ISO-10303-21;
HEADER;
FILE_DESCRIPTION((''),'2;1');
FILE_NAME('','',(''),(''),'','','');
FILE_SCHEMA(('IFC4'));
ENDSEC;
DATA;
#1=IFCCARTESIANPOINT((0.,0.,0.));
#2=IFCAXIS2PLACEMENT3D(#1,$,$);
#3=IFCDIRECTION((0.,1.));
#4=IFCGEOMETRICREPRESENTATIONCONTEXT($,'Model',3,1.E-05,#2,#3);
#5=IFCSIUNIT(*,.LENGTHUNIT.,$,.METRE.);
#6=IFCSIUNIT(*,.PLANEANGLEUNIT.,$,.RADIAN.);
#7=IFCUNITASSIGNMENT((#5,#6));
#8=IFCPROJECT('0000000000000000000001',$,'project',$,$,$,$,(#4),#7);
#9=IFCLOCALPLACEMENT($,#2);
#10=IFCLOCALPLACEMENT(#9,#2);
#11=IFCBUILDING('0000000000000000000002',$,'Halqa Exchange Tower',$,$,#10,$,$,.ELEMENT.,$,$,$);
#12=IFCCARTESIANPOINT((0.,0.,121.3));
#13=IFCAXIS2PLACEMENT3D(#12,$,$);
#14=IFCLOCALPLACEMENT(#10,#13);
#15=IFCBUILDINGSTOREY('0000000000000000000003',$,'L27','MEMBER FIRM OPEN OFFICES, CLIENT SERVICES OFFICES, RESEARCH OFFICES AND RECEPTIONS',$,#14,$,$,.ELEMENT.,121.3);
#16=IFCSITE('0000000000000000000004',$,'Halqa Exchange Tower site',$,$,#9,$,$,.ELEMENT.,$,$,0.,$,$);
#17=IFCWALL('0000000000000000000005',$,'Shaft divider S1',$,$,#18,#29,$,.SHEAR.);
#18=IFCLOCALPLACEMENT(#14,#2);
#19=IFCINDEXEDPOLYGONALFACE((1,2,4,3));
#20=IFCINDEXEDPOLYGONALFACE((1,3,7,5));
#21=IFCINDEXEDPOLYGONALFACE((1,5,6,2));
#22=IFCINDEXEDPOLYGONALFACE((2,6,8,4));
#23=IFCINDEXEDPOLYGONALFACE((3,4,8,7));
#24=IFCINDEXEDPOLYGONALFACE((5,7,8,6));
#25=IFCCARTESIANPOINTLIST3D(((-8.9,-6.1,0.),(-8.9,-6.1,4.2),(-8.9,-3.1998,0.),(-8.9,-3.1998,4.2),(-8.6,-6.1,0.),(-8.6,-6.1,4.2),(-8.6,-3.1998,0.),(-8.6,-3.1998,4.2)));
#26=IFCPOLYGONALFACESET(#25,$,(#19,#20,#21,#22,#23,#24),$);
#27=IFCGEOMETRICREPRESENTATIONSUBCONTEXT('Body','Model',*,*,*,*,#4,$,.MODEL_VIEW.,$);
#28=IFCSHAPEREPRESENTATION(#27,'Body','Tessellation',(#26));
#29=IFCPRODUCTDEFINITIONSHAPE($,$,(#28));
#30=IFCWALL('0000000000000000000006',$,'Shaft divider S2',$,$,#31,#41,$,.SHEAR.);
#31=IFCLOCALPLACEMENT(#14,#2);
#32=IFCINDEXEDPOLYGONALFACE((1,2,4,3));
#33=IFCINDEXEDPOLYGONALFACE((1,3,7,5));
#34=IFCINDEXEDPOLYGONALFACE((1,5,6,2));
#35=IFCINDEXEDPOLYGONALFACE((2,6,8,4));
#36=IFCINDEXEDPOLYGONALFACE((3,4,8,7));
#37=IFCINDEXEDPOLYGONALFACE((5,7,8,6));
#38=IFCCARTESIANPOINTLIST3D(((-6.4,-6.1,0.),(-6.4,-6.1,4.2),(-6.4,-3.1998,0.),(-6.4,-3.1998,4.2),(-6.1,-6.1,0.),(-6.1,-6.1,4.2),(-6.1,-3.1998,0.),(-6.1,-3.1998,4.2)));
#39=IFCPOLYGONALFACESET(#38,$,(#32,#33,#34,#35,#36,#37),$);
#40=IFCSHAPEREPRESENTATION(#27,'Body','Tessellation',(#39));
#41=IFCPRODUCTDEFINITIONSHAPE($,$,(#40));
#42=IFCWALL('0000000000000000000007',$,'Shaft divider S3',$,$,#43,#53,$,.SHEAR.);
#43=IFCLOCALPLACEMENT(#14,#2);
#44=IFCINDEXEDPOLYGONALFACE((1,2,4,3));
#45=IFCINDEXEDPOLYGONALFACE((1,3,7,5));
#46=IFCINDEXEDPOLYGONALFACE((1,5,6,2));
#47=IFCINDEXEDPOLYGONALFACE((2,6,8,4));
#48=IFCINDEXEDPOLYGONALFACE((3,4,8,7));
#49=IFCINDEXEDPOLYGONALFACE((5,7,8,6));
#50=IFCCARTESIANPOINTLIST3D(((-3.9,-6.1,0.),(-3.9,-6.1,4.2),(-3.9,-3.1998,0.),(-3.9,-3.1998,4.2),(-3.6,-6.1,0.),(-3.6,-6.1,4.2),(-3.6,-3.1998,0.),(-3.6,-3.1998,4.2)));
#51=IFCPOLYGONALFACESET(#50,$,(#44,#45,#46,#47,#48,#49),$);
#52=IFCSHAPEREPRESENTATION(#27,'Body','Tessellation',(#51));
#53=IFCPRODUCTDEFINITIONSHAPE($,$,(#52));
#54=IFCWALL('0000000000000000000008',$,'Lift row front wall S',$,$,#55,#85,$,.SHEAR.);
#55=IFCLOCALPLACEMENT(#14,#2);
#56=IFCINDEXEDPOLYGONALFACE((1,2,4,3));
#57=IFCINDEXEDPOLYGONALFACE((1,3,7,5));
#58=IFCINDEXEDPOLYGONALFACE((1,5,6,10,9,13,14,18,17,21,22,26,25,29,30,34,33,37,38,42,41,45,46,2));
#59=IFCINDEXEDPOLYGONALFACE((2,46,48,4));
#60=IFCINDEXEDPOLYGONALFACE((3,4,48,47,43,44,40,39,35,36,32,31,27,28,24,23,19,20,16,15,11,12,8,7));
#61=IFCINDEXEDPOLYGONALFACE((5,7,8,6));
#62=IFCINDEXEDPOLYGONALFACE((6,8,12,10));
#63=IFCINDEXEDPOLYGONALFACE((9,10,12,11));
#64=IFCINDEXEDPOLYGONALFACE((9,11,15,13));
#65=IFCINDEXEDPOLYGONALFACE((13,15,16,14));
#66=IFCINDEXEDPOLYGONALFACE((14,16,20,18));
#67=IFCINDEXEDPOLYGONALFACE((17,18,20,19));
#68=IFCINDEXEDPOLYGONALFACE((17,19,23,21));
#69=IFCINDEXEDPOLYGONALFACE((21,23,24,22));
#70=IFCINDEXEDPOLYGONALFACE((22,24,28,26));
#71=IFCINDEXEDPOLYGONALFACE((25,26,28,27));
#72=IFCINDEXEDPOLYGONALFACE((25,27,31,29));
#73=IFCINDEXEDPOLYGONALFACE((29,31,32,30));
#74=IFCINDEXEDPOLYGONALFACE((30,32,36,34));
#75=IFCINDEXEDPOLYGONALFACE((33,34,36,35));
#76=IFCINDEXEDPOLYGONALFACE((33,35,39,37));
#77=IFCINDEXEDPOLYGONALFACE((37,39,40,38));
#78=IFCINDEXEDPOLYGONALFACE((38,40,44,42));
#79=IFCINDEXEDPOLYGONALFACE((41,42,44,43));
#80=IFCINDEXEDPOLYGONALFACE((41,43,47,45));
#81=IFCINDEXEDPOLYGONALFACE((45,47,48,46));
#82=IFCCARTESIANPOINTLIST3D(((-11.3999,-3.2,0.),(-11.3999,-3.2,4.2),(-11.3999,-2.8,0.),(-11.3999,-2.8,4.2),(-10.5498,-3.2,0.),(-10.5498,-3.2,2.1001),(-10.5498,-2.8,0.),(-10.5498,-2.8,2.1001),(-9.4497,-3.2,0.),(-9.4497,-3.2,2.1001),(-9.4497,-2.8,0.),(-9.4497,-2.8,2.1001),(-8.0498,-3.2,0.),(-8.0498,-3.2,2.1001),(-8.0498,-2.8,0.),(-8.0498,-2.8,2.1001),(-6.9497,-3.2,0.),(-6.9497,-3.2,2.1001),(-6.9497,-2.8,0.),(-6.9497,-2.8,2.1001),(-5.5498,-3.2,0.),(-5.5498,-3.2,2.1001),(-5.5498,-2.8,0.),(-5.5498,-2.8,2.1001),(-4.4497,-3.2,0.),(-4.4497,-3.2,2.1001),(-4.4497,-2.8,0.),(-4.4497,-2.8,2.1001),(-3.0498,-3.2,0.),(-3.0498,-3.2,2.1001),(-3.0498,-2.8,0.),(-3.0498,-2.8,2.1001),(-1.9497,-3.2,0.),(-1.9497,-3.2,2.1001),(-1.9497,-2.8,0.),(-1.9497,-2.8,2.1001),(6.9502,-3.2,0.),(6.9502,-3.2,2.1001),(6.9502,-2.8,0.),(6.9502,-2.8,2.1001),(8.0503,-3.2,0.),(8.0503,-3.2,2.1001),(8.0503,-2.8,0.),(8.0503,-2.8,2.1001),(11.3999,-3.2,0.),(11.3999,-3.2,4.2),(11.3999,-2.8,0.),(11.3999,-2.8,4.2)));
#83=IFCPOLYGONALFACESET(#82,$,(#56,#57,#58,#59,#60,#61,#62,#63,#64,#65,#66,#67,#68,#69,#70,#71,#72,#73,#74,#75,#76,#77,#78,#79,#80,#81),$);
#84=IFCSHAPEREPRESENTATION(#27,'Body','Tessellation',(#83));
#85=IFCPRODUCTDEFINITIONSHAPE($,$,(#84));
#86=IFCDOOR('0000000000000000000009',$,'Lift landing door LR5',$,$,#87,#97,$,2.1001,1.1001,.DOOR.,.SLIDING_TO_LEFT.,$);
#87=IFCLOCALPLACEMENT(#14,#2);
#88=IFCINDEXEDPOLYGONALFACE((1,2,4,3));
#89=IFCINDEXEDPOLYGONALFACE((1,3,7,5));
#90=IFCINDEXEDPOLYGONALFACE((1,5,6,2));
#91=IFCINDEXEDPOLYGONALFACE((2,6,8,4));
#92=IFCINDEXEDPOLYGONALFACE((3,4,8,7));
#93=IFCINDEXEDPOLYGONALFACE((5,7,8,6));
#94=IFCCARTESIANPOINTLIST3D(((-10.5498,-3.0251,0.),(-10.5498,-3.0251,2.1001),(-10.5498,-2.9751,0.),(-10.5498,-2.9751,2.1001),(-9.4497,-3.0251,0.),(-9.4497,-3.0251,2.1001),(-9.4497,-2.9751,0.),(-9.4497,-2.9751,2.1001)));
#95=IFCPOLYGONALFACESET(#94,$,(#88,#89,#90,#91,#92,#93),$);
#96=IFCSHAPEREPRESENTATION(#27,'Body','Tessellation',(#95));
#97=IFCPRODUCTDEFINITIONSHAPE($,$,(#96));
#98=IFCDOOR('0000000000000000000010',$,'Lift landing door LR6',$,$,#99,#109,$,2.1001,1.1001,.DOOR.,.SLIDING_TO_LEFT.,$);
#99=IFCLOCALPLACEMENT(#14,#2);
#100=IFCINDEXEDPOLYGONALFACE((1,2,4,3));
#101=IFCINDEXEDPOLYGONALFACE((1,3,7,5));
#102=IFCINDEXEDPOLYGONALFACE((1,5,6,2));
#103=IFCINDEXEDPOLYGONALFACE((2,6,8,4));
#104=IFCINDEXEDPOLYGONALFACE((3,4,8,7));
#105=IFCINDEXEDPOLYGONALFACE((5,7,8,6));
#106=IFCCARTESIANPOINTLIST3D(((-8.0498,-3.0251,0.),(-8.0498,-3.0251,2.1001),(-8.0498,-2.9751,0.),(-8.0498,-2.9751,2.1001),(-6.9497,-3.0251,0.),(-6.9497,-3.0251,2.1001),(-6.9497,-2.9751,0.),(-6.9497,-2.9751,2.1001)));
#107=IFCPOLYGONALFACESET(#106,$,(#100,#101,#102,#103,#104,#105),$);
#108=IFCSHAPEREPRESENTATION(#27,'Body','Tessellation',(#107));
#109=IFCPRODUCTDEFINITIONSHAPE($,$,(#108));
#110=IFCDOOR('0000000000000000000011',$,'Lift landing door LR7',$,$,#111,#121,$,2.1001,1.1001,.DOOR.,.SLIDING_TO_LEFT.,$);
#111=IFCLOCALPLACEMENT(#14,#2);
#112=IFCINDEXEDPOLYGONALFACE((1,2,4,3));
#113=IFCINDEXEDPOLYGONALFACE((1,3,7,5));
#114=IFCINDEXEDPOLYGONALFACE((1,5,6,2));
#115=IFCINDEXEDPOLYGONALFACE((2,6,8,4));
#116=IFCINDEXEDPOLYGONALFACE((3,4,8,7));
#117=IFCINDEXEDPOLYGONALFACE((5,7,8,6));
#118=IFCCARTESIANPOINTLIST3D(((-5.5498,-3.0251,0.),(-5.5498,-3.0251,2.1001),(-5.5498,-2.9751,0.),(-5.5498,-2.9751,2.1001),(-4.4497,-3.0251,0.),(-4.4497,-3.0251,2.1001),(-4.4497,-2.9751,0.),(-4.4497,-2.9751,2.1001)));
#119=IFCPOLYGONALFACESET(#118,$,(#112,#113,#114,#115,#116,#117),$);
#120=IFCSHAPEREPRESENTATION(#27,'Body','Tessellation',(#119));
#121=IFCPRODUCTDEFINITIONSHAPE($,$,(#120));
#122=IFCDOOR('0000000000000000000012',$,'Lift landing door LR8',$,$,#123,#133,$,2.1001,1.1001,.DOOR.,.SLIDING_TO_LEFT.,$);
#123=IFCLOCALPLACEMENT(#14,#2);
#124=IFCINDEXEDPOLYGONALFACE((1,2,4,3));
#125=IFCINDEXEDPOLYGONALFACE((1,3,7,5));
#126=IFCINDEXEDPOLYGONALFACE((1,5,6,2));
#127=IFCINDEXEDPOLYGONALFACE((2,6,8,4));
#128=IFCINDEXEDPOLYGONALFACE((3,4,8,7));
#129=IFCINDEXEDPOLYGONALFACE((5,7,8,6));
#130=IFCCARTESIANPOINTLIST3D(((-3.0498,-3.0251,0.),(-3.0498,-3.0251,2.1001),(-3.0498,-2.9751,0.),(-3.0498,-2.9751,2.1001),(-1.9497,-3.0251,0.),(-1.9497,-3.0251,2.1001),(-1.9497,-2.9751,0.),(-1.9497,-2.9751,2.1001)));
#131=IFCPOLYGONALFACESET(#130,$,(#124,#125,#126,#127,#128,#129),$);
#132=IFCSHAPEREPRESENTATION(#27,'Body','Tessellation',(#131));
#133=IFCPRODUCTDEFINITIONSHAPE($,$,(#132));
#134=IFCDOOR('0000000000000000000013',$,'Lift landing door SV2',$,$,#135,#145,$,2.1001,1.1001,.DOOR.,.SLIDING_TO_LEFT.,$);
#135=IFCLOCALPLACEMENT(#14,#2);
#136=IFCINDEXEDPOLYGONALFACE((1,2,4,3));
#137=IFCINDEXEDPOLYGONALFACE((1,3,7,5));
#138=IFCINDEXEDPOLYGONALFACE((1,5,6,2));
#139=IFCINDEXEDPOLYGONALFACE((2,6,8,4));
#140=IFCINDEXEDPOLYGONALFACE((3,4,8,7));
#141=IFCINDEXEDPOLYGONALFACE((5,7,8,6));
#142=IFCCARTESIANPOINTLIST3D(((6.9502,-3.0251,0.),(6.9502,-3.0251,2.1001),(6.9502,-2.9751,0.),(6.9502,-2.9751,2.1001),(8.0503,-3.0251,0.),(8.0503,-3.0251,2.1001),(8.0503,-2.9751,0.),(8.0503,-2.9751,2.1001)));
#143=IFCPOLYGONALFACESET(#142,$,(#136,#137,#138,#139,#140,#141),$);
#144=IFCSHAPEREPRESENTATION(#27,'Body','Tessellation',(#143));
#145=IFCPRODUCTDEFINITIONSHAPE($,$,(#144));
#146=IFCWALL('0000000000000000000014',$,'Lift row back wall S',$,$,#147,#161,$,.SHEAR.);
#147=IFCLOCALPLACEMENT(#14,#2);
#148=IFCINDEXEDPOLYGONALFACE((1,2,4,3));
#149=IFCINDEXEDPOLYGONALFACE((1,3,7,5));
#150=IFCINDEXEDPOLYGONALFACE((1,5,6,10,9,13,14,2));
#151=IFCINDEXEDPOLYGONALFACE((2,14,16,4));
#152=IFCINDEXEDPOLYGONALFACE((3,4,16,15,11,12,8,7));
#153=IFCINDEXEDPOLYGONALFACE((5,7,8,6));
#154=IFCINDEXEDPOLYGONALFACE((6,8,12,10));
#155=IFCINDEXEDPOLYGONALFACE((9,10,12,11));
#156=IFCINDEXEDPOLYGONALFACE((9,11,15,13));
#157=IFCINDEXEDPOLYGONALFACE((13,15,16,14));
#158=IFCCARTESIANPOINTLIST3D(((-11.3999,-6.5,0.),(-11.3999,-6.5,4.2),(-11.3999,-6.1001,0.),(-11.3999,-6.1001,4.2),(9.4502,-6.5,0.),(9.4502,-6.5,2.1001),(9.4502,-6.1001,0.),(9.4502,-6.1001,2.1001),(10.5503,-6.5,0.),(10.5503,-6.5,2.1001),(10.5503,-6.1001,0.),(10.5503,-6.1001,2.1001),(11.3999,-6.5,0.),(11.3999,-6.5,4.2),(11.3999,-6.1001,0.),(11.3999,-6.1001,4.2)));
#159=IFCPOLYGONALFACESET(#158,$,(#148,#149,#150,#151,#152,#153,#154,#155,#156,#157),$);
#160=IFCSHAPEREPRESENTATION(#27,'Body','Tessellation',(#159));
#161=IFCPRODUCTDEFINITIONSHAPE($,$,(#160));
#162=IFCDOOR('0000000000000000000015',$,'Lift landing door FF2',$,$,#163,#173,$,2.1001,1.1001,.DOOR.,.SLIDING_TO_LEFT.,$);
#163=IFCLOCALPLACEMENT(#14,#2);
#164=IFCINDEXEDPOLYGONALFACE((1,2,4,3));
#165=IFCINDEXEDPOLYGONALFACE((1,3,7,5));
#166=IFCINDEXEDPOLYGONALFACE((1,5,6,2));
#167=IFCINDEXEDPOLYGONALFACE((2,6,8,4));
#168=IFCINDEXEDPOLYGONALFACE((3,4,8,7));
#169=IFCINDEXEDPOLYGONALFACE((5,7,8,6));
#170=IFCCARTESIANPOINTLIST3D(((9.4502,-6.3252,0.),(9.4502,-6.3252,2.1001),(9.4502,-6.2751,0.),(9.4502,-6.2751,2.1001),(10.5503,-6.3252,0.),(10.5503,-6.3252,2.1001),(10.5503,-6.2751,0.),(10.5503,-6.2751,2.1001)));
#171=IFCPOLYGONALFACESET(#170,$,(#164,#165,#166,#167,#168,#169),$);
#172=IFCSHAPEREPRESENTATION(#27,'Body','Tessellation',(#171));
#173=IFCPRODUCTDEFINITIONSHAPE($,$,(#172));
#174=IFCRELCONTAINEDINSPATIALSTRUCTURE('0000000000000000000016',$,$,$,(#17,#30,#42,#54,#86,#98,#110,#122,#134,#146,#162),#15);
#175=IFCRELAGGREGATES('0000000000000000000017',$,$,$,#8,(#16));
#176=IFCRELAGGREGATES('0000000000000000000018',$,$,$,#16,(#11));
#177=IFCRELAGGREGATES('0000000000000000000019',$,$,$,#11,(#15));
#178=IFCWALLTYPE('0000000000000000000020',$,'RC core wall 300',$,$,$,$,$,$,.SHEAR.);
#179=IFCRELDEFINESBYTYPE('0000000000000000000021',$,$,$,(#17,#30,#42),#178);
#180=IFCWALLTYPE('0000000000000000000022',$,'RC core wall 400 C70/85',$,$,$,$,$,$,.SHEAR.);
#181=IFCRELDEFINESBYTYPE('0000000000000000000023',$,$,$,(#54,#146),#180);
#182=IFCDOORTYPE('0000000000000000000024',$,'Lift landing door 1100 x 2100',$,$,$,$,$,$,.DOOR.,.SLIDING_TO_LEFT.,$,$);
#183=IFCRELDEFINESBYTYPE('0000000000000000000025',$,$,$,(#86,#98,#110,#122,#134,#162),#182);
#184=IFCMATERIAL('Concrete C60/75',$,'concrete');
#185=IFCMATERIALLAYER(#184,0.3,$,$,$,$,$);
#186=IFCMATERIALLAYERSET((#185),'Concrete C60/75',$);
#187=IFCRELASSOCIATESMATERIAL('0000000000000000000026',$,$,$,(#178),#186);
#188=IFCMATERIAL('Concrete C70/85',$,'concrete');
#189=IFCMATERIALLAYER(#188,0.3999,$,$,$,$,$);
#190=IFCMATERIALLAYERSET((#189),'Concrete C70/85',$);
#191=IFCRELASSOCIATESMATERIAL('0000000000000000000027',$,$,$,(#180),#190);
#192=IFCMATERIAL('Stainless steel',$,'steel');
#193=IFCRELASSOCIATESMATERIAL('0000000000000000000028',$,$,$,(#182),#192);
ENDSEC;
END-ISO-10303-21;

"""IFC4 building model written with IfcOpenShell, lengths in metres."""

from ifc_helpers import new_model, si_unit, direction, frame, frame_2d, origin, place, context, subcontext, project, spatial, rectangle, extrude, material, layer, layer_set, type_object, element, fill, save


model = new_model("IFC4")

# Units and contexts
model_context = context("Model", 3, precision=1e-05, world=origin(), true_north=direction((0.0, 1.0)))
body_context = subcontext(model_context, "Body", "Model", "MODEL_VIEW")
ifc_project = project(units=[si_unit("LENGTHUNIT", "METRE"), si_unit("PLANEANGLEUNIT", "RADIAN")], contexts=[model_context])

# Site, building, storey
site_placement = place(None, origin())
site = spatial("IfcSite", under=ifc_project, at=site_placement, Name="Halqa Exchange Tower site", CompositionType="ELEMENT", RefElevation=0.0)
building_placement = place(site_placement, origin())
building = spatial("IfcBuilding", under=site, at=building_placement, Name="Halqa Exchange Tower", CompositionType="ELEMENT")
storey_placement = place(building_placement, frame((0.0, 0.0, 121.3)))
storey = spatial("IfcBuildingStorey", under=building, at=storey_placement, Name="L27", Description="MEMBER FIRM OPEN OFFICES, CLIENT SERVICES OFFICES, RESEARCH OFFICES AND RECEPTIONS", CompositionType="ELEMENT", Elevation=121.3)

# Walls
ifc_material_1 = material(Name="Concrete C60/75", Category="concrete")
ifc_layer_1 = layer(ifc_material_1, 0.3)
ifc_layer_set_1 = layer_set([ifc_layer_1], Name="Concrete C60/75")
wall_type_1 = type_object("IfcWallType", Name="RC core wall 300", PredefinedType="SHEAR", material=ifc_layer_set_1)
for number, where, z_axis, x_axis, name in (
    (1, (-8.75, -6.1001, 0.0), (0.0, 0.0, 1.0), (0.0, 1.0, 0.0), "Shaft divider S1"),
    (2, (-6.25, -6.1001, 0.0), (0.0, 0.0, 1.0), (0.0, 1.0, 0.0), "Shaft divider S2"),
    (3, (-3.75, -6.1001, 0.0), (0.0, 0.0, 1.0), (0.0, 1.0, 0.0), "Shaft divider S3"),
):
    element("IfcWall", number, at=place(storey_placement, frame(where, z_axis=z_axis, x_axis=x_axis)), inside=storey, type_object=wall_type_1, Name=name, PredefinedType="SHEAR", context=body_context, shape_type="SweptSolid", body=[
        extrude(rectangle(XDim=2.9001, YDim=0.3, at=frame_2d((1.4502, 0.0))), origin(), (0.0, 0.0, 1.0), 4.2),
    ])

# Wall, openings, doors
ifc_material_2 = material(Name="Concrete C70/85", Category="concrete")
ifc_layer_2 = layer(ifc_material_2, 0.3999)
ifc_layer_set_2 = layer_set([ifc_layer_2], Name="Concrete C70/85")
wall_type_2 = type_object("IfcWallType", Name="RC core wall 400 C70/85", PredefinedType="SHEAR", material=ifc_layer_set_2)
wall_1_placement = place(storey_placement, frame((-11.3999, -3.0, 0.0), z_axis=(0.0, 0.0, 1.0), x_axis=(1.0, 0.0, 0.0)))
wall_1 = element("IfcWall", 4, at=wall_1_placement, inside=storey, type_object=wall_type_2, Name="Lift row front wall S", PredefinedType="SHEAR", context=body_context, shape_type="SweptSolid", body=[
    extrude(rectangle(XDim=22.7998, YDim=0.3999, at=frame_2d((11.3999, 0.0))), origin(), (0.0, 0.0, 1.0), 4.2),
])
opening_1_placement = place(wall_1_placement, frame((0.8501, 0.0, 0.0)))
opening_1 = element("IfcOpeningElement", 5, at=opening_1_placement, cuts=wall_1, PredefinedType="OPENING", context=body_context, shape_type="SweptSolid", body=[
    extrude(rectangle(XDim=1.1001, YDim=2.1001, at=frame_2d((0.55, 1.05))), frame((0.0, 0.2119, 0.0), z_axis=(0.0, -1.0, 0.0), x_axis=(1.0, 0.0, 0.0)), (0.0, 0.0, 1.0), 0.4238),
])
opening_2_placement = place(wall_1_placement, frame((3.3501, 0.0, 0.0)))
opening_2 = element("IfcOpeningElement", 6, at=opening_2_placement, cuts=wall_1, PredefinedType="OPENING", context=body_context, shape_type="SweptSolid", body=[
    extrude(rectangle(XDim=1.1001, YDim=2.1001, at=frame_2d((0.55, 1.05))), frame((0.0, 0.2119, 0.0), z_axis=(0.0, -1.0, 0.0), x_axis=(1.0, 0.0, 0.0)), (0.0, 0.0, 1.0), 0.4238),
])
opening_3_placement = place(wall_1_placement, frame((5.8501, 0.0, 0.0)))
opening_3 = element("IfcOpeningElement", 7, at=opening_3_placement, cuts=wall_1, PredefinedType="OPENING", context=body_context, shape_type="SweptSolid", body=[
    extrude(rectangle(XDim=1.1001, YDim=2.1001, at=frame_2d((0.55, 1.05))), frame((0.0, 0.2119, 0.0), z_axis=(0.0, -1.0, 0.0), x_axis=(1.0, 0.0, 0.0)), (0.0, 0.0, 1.0), 0.4238),
])
opening_4_placement = place(wall_1_placement, frame((8.3501, 0.0, 0.0)))
opening_4 = element("IfcOpeningElement", 8, at=opening_4_placement, cuts=wall_1, PredefinedType="OPENING", context=body_context, shape_type="SweptSolid", body=[
    extrude(rectangle(XDim=1.1001, YDim=2.1001, at=frame_2d((0.55, 1.05))), frame((0.0, 0.2119, 0.0), z_axis=(0.0, -1.0, 0.0), x_axis=(1.0, 0.0, 0.0)), (0.0, 0.0, 1.0), 0.4238),
])
opening_5_placement = place(wall_1_placement, frame((18.3501, 0.0, 0.0)))
opening_5 = element("IfcOpeningElement", 9, at=opening_5_placement, cuts=wall_1, PredefinedType="OPENING", context=body_context, shape_type="SweptSolid", body=[
    extrude(rectangle(XDim=1.1001, YDim=2.1001, at=frame_2d((0.55, 1.05))), frame((0.0, 0.2119, 0.0), z_axis=(0.0, -1.0, 0.0), x_axis=(1.0, 0.0, 0.0)), (0.0, 0.0, 1.0), 0.4238),
])
ifc_material_3 = material(Name="Stainless steel", Category="steel")
door_type = type_object("IfcDoorType", Name="Lift landing door 1100 x 2100", OperationType="SLIDING_TO_LEFT", PredefinedType="DOOR", material=ifc_material_3)
door_1_placement = place(opening_1_placement, origin())
door_1 = element("IfcDoor", 10, at=door_1_placement, inside=storey, type_object=door_type, Name="Lift landing door LR5", OperationType="SLIDING_TO_LEFT", OverallHeight=2.1001, OverallWidth=1.1001, PredefinedType="DOOR", context=body_context, shape_type="SweptSolid", body=[
    extrude(rectangle(XDim=1.1001, YDim=2.1001, at=frame_2d((0.55, 1.05))), frame((0.0, 0.0249, 0.0), z_axis=(0.0, -1.0, 0.0), x_axis=(1.0, 0.0, 0.0)), (0.0, 0.0, 1.0), 0.05),
])
fill(opening_1, door_1)
door_2_placement = place(opening_2_placement, origin())
door_2 = element("IfcDoor", 11, at=door_2_placement, inside=storey, type_object=door_type, Name="Lift landing door LR6", OperationType="SLIDING_TO_LEFT", OverallHeight=2.1001, OverallWidth=1.1001, PredefinedType="DOOR", context=body_context, shape_type="SweptSolid", body=[
    extrude(rectangle(XDim=1.1001, YDim=2.1001, at=frame_2d((0.55, 1.05))), frame((0.0, 0.0249, 0.0), z_axis=(0.0, -1.0, 0.0), x_axis=(1.0, 0.0, 0.0)), (0.0, 0.0, 1.0), 0.05),
])
fill(opening_2, door_2)
door_3_placement = place(opening_3_placement, origin())
door_3 = element("IfcDoor", 12, at=door_3_placement, inside=storey, type_object=door_type, Name="Lift landing door LR7", OperationType="SLIDING_TO_LEFT", OverallHeight=2.1001, OverallWidth=1.1001, PredefinedType="DOOR", context=body_context, shape_type="SweptSolid", body=[
    extrude(rectangle(XDim=1.1001, YDim=2.1001, at=frame_2d((0.55, 1.05))), frame((0.0, 0.0249, 0.0), z_axis=(0.0, -1.0, 0.0), x_axis=(1.0, 0.0, 0.0)), (0.0, 0.0, 1.0), 0.05),
])
fill(opening_3, door_3)
door_4_placement = place(opening_4_placement, origin())
door_4 = element("IfcDoor", 13, at=door_4_placement, inside=storey, type_object=door_type, Name="Lift landing door LR8", OperationType="SLIDING_TO_LEFT", OverallHeight=2.1001, OverallWidth=1.1001, PredefinedType="DOOR", context=body_context, shape_type="SweptSolid", body=[
    extrude(rectangle(XDim=1.1001, YDim=2.1001, at=frame_2d((0.55, 1.05))), frame((0.0, 0.0249, 0.0), z_axis=(0.0, -1.0, 0.0), x_axis=(1.0, 0.0, 0.0)), (0.0, 0.0, 1.0), 0.05),
])
fill(opening_4, door_4)
door_5_placement = place(opening_5_placement, origin())
door_5 = element("IfcDoor", 14, at=door_5_placement, inside=storey, type_object=door_type, Name="Lift landing door SV2", OperationType="SLIDING_TO_LEFT", OverallHeight=2.1001, OverallWidth=1.1001, PredefinedType="DOOR", context=body_context, shape_type="SweptSolid", body=[
    extrude(rectangle(XDim=1.1001, YDim=2.1001, at=frame_2d((0.55, 1.05))), frame((0.0, 0.0249, 0.0), z_axis=(0.0, -1.0, 0.0), x_axis=(1.0, 0.0, 0.0)), (0.0, 0.0, 1.0), 0.05),
])
fill(opening_5, door_5)

# Wall, opening, door
wall_2_placement = place(storey_placement, frame((-11.3999, -6.3, 0.0), z_axis=(0.0, 0.0, 1.0), x_axis=(1.0, 0.0, 0.0)))
wall_2 = element("IfcWall", 15, at=wall_2_placement, inside=storey, type_object=wall_type_2, Name="Lift row back wall S", PredefinedType="SHEAR", context=body_context, shape_type="SweptSolid", body=[
    extrude(rectangle(XDim=22.7998, YDim=0.3999, at=frame_2d((11.3999, 0.0))), origin(), (0.0, 0.0, 1.0), 4.2),
])
opening_6_placement = place(wall_2_placement, frame((20.8501, 0.0, 0.0)))
opening_6 = element("IfcOpeningElement", 16, at=opening_6_placement, cuts=wall_2, PredefinedType="OPENING", context=body_context, shape_type="SweptSolid", body=[
    extrude(rectangle(XDim=1.1001, YDim=2.1001, at=frame_2d((0.55, 1.05))), frame((0.0, 0.2119, 0.0), z_axis=(0.0, -1.0, 0.0), x_axis=(1.0, 0.0, 0.0)), (0.0, 0.0, 1.0), 0.4238),
])
door_6_placement = place(opening_6_placement, origin())
door_6 = element("IfcDoor", 17, at=door_6_placement, inside=storey, type_object=door_type, Name="Lift landing door FF2", OperationType="SLIDING_TO_LEFT", OverallHeight=2.1001, OverallWidth=1.1001, PredefinedType="DOOR", context=body_context, shape_type="SweptSolid", body=[
    extrude(rectangle(XDim=1.1001, YDim=2.1001, at=frame_2d((0.55, 1.05))), frame((0.0, 0.0249, 0.0), z_axis=(0.0, -1.0, 0.0), x_axis=(1.0, 0.0, 0.0)), (0.0, 0.0, 1.0), 0.05),
])
fill(opening_6, door_6)

save(model, "model.ifc")
